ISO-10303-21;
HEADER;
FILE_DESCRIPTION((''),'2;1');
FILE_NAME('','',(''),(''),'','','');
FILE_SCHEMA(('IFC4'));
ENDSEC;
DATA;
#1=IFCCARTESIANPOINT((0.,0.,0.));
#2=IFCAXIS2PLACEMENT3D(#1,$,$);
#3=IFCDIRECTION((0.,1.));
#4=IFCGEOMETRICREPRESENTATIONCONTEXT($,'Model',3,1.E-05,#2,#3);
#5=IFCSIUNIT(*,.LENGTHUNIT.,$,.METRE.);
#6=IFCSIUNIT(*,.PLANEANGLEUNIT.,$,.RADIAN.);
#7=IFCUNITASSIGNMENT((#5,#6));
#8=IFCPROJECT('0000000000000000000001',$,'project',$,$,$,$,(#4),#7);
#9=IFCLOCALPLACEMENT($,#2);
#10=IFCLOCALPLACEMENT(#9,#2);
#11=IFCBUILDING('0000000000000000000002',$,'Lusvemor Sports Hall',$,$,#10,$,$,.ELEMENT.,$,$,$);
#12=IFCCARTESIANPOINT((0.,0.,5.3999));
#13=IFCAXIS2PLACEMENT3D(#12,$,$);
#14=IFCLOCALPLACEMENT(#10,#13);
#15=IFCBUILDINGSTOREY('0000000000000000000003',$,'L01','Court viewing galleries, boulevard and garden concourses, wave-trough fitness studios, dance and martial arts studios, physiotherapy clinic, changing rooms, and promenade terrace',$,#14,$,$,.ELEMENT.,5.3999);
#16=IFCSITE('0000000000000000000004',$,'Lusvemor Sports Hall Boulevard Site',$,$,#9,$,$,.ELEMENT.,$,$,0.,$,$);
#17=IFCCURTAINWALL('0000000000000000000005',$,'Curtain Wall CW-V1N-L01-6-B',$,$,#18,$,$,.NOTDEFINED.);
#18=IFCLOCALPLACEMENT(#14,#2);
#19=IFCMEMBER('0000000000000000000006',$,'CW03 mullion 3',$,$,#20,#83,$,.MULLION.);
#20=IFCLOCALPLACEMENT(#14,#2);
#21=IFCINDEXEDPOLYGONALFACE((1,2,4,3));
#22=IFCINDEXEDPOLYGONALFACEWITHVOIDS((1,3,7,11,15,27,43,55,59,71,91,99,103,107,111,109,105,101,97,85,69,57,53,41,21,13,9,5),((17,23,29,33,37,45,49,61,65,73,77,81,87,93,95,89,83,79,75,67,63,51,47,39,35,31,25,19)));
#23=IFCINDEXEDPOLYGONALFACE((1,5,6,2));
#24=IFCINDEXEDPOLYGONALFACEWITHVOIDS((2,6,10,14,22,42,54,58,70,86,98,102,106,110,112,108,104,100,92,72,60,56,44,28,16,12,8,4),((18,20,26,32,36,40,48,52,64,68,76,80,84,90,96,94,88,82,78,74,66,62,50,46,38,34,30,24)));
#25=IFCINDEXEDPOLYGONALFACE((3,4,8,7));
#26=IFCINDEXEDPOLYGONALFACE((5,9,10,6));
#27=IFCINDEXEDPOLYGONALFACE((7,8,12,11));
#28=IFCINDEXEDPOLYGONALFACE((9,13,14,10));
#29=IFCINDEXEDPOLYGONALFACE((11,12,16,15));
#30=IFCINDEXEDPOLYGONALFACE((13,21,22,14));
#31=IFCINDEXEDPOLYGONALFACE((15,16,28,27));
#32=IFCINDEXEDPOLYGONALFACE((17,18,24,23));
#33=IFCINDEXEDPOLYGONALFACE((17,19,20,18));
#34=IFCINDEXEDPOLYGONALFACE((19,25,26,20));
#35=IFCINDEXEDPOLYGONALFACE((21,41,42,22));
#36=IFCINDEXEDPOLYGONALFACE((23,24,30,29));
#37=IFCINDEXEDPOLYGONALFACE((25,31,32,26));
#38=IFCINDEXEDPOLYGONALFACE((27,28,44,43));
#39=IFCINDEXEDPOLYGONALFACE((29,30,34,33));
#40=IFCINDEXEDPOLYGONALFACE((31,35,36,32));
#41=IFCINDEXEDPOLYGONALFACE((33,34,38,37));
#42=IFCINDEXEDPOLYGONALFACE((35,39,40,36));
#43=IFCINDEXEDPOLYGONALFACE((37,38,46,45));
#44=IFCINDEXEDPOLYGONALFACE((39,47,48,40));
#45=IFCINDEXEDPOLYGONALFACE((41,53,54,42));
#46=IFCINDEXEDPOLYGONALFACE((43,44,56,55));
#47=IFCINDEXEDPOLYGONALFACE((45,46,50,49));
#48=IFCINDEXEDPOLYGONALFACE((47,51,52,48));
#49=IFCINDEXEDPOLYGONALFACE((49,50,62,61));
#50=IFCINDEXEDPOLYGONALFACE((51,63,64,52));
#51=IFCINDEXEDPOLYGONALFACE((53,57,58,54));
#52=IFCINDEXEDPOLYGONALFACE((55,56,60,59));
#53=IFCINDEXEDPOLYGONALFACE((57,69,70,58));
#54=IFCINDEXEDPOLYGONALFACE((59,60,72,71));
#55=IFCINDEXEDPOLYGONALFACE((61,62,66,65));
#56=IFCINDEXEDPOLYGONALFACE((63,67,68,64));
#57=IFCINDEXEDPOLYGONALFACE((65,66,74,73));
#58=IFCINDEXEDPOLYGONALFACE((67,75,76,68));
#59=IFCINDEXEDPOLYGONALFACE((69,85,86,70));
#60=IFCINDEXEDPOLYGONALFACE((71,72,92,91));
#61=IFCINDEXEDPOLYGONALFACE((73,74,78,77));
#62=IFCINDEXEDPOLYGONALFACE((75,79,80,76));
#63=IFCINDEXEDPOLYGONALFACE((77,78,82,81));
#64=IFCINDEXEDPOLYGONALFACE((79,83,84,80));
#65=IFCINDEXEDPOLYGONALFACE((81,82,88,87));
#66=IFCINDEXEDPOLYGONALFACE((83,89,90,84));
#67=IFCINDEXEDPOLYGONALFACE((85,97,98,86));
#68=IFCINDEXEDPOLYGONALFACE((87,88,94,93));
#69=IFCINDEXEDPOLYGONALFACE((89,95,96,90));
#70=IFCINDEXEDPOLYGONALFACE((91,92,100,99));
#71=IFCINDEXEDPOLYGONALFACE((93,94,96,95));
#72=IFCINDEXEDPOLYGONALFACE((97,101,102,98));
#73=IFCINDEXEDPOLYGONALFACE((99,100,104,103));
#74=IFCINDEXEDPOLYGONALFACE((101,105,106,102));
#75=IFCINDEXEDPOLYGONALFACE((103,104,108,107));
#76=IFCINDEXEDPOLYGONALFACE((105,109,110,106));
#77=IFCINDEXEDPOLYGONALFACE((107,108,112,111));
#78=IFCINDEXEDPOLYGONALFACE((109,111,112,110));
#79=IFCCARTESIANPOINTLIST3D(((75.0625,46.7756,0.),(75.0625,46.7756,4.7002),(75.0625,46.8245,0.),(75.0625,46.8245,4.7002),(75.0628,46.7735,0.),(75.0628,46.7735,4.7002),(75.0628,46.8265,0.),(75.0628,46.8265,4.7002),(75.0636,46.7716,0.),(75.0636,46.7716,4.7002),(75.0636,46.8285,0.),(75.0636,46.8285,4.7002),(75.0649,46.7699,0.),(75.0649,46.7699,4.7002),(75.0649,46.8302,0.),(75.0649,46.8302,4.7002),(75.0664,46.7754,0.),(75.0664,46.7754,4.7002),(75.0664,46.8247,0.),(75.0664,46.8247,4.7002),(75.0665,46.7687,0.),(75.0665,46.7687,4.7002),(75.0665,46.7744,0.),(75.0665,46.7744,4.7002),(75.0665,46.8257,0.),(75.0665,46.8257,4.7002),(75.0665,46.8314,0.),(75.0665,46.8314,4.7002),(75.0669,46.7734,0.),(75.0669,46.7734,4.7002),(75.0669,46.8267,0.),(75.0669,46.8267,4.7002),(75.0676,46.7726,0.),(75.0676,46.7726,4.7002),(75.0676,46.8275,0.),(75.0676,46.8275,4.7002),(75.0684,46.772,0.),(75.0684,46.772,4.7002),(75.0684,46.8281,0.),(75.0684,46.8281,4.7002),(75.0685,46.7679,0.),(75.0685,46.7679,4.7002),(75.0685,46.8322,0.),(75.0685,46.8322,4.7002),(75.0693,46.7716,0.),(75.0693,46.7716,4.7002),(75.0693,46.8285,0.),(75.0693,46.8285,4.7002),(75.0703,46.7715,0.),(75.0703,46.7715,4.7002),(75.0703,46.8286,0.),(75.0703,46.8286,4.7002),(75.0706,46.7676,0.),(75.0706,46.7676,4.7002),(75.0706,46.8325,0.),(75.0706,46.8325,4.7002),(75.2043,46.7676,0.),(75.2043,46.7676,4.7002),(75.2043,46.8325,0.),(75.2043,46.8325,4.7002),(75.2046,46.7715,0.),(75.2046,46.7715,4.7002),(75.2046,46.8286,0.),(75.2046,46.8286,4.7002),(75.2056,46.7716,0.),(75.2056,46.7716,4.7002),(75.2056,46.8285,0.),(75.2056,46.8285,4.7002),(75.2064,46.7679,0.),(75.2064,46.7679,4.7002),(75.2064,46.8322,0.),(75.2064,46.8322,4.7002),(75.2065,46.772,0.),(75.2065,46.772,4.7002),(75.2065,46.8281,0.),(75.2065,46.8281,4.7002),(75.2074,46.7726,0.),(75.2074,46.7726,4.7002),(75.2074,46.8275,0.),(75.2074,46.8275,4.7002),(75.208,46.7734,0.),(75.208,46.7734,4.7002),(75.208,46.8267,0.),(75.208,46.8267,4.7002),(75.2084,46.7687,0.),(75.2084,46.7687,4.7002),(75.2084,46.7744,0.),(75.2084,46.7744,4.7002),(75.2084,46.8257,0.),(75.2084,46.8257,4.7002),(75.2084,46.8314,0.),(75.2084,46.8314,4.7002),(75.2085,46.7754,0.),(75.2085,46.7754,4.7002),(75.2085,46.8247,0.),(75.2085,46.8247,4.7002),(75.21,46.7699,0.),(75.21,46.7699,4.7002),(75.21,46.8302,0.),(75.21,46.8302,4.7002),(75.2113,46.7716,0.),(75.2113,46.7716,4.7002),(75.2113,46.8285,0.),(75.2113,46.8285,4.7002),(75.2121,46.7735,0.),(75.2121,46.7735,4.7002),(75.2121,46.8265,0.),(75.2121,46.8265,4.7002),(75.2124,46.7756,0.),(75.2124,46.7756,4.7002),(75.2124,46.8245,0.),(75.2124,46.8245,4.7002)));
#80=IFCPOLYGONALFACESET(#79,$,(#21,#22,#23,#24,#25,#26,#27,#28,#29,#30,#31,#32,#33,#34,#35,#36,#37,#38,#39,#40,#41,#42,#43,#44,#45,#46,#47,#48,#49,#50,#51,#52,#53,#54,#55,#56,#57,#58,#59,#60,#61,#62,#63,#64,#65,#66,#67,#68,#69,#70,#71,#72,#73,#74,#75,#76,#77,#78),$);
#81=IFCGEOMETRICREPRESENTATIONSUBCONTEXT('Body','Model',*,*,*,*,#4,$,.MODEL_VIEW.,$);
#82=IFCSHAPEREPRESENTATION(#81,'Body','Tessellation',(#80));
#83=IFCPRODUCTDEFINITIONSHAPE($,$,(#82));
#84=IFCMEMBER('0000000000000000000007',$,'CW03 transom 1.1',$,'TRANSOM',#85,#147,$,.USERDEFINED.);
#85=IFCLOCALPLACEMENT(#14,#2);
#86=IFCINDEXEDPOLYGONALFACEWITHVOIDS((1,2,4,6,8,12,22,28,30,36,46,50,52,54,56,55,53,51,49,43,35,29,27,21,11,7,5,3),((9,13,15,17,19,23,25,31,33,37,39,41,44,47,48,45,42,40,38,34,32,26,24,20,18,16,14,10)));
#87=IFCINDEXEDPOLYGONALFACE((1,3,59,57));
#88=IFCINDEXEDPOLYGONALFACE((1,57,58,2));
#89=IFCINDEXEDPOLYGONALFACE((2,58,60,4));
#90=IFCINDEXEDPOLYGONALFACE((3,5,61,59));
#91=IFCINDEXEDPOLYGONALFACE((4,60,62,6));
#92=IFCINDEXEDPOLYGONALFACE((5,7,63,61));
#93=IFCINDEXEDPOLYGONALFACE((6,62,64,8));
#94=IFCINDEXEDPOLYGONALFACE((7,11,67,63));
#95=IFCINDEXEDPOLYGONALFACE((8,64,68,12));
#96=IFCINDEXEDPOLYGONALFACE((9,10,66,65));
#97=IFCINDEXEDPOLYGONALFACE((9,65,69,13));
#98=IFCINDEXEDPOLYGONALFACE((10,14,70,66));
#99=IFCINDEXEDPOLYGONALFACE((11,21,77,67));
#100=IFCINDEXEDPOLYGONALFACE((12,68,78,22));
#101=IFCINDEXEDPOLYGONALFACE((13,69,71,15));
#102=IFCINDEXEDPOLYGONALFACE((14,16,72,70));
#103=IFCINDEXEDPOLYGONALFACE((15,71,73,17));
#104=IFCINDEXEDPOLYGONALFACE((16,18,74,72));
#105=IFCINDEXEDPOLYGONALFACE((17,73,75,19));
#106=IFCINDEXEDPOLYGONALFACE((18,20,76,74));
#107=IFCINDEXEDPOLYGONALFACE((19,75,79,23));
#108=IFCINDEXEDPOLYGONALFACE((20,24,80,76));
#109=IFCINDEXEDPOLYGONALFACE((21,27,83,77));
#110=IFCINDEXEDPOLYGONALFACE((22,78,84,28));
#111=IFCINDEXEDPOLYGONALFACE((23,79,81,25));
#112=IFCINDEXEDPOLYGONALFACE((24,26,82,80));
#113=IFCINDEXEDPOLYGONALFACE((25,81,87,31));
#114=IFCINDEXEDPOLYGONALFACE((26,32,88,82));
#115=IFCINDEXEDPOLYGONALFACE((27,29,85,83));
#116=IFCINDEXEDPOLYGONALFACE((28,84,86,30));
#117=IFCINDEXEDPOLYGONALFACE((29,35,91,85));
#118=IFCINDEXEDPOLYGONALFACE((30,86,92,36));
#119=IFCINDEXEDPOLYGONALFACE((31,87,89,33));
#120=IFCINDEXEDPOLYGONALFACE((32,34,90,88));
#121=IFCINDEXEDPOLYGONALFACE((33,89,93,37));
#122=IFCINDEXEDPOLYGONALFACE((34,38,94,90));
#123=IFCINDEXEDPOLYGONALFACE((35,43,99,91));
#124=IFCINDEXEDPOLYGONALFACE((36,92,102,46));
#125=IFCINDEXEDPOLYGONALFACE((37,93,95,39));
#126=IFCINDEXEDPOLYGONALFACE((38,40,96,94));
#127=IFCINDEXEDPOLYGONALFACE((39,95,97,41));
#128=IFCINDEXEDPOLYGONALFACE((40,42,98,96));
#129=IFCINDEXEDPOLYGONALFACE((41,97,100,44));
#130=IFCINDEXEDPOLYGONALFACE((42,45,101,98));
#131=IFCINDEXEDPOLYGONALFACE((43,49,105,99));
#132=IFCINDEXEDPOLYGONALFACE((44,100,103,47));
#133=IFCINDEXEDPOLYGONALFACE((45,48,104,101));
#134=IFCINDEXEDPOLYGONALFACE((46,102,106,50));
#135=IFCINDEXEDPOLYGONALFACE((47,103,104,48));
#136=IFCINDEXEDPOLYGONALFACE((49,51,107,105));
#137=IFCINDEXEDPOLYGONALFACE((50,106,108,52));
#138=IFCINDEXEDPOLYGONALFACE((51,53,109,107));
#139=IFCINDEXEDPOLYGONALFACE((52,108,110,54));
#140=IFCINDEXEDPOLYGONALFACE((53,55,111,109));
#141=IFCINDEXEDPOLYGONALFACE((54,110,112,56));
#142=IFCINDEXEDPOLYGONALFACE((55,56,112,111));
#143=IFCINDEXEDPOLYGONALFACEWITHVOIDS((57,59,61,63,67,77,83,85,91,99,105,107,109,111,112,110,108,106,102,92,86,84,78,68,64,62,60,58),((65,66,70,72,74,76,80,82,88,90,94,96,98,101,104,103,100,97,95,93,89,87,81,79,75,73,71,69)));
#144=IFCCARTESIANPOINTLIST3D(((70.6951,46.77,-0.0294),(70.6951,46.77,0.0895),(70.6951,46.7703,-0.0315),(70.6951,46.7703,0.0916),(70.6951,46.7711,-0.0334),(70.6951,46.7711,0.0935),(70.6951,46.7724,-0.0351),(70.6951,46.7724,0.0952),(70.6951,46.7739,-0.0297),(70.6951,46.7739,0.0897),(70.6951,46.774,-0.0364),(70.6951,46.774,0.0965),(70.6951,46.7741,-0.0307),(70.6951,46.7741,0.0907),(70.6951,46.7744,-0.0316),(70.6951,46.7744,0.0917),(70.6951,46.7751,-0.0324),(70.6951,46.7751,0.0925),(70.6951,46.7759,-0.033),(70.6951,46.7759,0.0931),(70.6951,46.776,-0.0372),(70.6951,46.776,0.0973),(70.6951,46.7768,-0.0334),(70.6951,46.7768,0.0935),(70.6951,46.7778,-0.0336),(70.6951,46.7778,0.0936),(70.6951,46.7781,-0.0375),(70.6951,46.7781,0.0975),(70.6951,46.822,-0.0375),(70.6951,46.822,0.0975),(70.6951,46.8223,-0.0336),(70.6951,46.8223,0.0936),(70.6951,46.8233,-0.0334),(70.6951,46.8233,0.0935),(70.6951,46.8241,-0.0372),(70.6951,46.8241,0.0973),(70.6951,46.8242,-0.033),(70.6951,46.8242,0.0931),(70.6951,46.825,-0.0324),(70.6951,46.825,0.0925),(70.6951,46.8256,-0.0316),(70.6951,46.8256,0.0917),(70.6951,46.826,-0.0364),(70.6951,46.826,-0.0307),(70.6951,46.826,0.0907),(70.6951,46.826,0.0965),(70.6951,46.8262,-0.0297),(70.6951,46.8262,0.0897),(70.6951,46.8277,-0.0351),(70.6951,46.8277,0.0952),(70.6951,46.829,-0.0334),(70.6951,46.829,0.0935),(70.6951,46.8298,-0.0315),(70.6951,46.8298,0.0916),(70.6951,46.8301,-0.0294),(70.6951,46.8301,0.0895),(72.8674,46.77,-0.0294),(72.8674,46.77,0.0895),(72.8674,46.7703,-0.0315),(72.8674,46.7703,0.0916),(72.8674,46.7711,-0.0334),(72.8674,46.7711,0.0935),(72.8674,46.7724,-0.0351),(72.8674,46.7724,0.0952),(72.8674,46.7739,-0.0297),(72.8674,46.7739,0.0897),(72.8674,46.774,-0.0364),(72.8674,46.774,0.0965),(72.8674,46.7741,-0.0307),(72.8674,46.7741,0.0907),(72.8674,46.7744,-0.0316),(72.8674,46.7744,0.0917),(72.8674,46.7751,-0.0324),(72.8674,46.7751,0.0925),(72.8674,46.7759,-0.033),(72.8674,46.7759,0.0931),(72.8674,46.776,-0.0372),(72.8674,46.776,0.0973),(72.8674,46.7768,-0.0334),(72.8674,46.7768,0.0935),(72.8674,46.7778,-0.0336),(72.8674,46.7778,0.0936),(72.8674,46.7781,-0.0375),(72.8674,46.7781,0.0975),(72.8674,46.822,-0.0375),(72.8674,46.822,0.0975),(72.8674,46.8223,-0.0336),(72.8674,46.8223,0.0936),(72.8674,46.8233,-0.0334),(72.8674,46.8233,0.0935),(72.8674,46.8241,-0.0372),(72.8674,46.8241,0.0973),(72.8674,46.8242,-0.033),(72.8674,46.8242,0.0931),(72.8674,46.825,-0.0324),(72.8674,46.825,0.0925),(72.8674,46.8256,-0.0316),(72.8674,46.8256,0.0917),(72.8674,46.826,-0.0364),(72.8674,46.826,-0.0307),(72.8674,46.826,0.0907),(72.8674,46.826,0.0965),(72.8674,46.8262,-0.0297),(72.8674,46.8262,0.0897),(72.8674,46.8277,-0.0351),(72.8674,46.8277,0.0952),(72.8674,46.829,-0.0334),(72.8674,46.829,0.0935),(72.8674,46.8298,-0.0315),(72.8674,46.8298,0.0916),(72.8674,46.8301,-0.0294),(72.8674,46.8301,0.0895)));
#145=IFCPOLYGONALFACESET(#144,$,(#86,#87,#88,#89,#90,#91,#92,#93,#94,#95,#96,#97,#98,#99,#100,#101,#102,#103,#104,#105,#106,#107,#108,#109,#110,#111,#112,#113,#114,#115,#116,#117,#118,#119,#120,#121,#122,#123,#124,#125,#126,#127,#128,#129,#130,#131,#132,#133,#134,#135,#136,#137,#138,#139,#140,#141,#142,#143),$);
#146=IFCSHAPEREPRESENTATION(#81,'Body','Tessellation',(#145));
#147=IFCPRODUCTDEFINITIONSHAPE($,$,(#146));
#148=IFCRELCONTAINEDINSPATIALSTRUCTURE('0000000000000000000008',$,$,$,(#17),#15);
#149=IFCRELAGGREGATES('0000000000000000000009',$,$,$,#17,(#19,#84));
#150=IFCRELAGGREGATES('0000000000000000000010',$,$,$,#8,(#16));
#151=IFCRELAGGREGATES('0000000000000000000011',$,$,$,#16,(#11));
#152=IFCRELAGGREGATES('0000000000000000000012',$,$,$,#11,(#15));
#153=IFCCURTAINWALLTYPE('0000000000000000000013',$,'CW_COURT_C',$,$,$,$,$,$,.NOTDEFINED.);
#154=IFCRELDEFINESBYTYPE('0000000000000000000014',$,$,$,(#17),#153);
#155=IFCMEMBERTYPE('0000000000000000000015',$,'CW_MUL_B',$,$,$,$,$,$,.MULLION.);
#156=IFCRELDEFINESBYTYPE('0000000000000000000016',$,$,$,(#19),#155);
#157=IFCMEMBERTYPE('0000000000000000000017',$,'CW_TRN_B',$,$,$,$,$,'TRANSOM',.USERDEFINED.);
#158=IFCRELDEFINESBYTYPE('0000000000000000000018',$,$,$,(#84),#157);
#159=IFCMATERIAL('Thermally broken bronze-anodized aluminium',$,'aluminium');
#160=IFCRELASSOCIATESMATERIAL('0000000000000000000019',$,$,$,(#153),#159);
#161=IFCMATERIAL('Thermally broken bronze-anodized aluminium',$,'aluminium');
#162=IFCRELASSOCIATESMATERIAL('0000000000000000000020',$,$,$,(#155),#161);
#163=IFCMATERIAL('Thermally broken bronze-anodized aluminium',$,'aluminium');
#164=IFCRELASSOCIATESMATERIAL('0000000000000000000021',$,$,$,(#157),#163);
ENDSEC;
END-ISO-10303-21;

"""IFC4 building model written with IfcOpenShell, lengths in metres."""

from ifc_helpers import new_model, si_unit, direction, frame, origin, origin_2d, place, context, subcontext, project, spatial, hollow_rectangle, extrude, material, material_profile, profile_set, type_object, element, aggregate, save


model = new_model("IFC4")

# Units and contexts
model_context = context("Model", 3, precision=1e-05, world=origin(), true_north=direction((0.0, 1.0)))
body_context = subcontext(model_context, "Body", "Model", "MODEL_VIEW")
ifc_project = project(units=[si_unit("LENGTHUNIT", "METRE"), si_unit("PLANEANGLEUNIT", "RADIAN")], contexts=[model_context])

# Site, building, storey
site_placement = place(None, origin())
site = spatial("IfcSite", under=ifc_project, at=site_placement, Name="Lusvemor Sports Hall Boulevard Site", CompositionType="ELEMENT", RefElevation=0.0)
building_placement = place(site_placement, origin())
building = spatial("IfcBuilding", under=site, at=building_placement, Name="Lusvemor Sports Hall", CompositionType="ELEMENT")
storey_placement = place(building_placement, frame((0.0, 0.0, 5.3999)))
storey = spatial("IfcBuildingStorey", under=building, at=storey_placement, Name="L01", Description="Court viewing galleries, boulevard and garden concourses, wave-trough fitness studios, dance and martial arts studios, physiotherapy clinic, changing rooms, and promenade terrace", CompositionType="ELEMENT", Elevation=5.3999)

# Curtain wall, members
ifc_material_1 = material(Name="Thermally broken bronze-anodized aluminium", Category="aluminium")
curtain_wall_type = type_object("IfcCurtainWallType", Name="CW_COURT_C", PredefinedType="NOTDEFINED", material=ifc_material_1)
curtain_wall_placement = place(storey_placement, origin())
curtain_wall = element("IfcCurtainWall", 1, at=curtain_wall_placement, inside=storey, type_object=curtain_wall_type, Name="Curtain Wall CW-V1N-L01-6-B", PredefinedType="NOTDEFINED")
ifc_material_2 = material(Name="Thermally broken bronze-anodized aluminium", Category="aluminium")
ifc_material_profile_1 = material_profile(ifc_material_2, hollow_rectangle(XDim=0.0649, YDim=0.1499, WallThickness=0.0039, InnerFilletRadius=0.0039, OuterFilletRadius=0.0081, at=origin_2d()), Name="CWMUL150x65x4")
ifc_profile_set_1 = profile_set([ifc_material_profile_1], Name="Thermally broken bronze-anodized aluminium")
member_type_1 = type_object("IfcMemberType", Name="CW_MUL_B", PredefinedType="MULLION", material=ifc_profile_set_1)
member_1_placement = place(storey_placement, frame((75.1375, 46.8, 0.0), z_axis=(0.0, 0.0, 1.0), x_axis=(0.0, 1.0, 0.0)))
member_1 = element("IfcMember", 2, at=member_1_placement, type_object=member_type_1, Name="CW03 mullion 3", PredefinedType="MULLION", context=body_context, shape_type="SweptSolid", body=[
    extrude(hollow_rectangle(XDim=0.0649, YDim=0.1499, WallThickness=0.0039, InnerFilletRadius=0.0039, OuterFilletRadius=0.0081, at=origin_2d()), origin(), (0.0, 0.0, 1.0), 4.7002),
])
ifc_material_3 = material(Name="Thermally broken bronze-anodized aluminium", Category="aluminium")
ifc_material_profile_2 = material_profile(ifc_material_3, hollow_rectangle(XDim=0.0601, YDim=0.135, WallThickness=0.0039, InnerFilletRadius=0.0039, OuterFilletRadius=0.0081, at=origin_2d()), Name="CWTRN135x60x4")
ifc_profile_set_2 = profile_set([ifc_material_profile_2], Name="Thermally broken bronze-anodized aluminium")
member_type_2 = type_object("IfcMemberType", Name="CW_TRN_B", ElementType="TRANSOM", PredefinedType="USERDEFINED", material=ifc_profile_set_2)
member_2_placement = place(storey_placement, frame((70.6951, 46.8, 0.03), z_axis=(1.0, 0.0, 0.0), x_axis=(0.0, 1.0, 0.0)))
member_2 = element("IfcMember", 3, at=member_2_placement, type_object=member_type_2, Name="CW03 transom 1.1", ObjectType="TRANSOM", PredefinedType="USERDEFINED", context=body_context, shape_type="SweptSolid", body=[
    extrude(hollow_rectangle(XDim=0.0601, YDim=0.135, WallThickness=0.0039, InnerFilletRadius=0.0039, OuterFilletRadius=0.0081, at=origin_2d()), origin(), (0.0, 0.0, 1.0), 2.1724),
])

aggregate(curtain_wall, [member_1, member_2])

save(model, "model.ifc")
